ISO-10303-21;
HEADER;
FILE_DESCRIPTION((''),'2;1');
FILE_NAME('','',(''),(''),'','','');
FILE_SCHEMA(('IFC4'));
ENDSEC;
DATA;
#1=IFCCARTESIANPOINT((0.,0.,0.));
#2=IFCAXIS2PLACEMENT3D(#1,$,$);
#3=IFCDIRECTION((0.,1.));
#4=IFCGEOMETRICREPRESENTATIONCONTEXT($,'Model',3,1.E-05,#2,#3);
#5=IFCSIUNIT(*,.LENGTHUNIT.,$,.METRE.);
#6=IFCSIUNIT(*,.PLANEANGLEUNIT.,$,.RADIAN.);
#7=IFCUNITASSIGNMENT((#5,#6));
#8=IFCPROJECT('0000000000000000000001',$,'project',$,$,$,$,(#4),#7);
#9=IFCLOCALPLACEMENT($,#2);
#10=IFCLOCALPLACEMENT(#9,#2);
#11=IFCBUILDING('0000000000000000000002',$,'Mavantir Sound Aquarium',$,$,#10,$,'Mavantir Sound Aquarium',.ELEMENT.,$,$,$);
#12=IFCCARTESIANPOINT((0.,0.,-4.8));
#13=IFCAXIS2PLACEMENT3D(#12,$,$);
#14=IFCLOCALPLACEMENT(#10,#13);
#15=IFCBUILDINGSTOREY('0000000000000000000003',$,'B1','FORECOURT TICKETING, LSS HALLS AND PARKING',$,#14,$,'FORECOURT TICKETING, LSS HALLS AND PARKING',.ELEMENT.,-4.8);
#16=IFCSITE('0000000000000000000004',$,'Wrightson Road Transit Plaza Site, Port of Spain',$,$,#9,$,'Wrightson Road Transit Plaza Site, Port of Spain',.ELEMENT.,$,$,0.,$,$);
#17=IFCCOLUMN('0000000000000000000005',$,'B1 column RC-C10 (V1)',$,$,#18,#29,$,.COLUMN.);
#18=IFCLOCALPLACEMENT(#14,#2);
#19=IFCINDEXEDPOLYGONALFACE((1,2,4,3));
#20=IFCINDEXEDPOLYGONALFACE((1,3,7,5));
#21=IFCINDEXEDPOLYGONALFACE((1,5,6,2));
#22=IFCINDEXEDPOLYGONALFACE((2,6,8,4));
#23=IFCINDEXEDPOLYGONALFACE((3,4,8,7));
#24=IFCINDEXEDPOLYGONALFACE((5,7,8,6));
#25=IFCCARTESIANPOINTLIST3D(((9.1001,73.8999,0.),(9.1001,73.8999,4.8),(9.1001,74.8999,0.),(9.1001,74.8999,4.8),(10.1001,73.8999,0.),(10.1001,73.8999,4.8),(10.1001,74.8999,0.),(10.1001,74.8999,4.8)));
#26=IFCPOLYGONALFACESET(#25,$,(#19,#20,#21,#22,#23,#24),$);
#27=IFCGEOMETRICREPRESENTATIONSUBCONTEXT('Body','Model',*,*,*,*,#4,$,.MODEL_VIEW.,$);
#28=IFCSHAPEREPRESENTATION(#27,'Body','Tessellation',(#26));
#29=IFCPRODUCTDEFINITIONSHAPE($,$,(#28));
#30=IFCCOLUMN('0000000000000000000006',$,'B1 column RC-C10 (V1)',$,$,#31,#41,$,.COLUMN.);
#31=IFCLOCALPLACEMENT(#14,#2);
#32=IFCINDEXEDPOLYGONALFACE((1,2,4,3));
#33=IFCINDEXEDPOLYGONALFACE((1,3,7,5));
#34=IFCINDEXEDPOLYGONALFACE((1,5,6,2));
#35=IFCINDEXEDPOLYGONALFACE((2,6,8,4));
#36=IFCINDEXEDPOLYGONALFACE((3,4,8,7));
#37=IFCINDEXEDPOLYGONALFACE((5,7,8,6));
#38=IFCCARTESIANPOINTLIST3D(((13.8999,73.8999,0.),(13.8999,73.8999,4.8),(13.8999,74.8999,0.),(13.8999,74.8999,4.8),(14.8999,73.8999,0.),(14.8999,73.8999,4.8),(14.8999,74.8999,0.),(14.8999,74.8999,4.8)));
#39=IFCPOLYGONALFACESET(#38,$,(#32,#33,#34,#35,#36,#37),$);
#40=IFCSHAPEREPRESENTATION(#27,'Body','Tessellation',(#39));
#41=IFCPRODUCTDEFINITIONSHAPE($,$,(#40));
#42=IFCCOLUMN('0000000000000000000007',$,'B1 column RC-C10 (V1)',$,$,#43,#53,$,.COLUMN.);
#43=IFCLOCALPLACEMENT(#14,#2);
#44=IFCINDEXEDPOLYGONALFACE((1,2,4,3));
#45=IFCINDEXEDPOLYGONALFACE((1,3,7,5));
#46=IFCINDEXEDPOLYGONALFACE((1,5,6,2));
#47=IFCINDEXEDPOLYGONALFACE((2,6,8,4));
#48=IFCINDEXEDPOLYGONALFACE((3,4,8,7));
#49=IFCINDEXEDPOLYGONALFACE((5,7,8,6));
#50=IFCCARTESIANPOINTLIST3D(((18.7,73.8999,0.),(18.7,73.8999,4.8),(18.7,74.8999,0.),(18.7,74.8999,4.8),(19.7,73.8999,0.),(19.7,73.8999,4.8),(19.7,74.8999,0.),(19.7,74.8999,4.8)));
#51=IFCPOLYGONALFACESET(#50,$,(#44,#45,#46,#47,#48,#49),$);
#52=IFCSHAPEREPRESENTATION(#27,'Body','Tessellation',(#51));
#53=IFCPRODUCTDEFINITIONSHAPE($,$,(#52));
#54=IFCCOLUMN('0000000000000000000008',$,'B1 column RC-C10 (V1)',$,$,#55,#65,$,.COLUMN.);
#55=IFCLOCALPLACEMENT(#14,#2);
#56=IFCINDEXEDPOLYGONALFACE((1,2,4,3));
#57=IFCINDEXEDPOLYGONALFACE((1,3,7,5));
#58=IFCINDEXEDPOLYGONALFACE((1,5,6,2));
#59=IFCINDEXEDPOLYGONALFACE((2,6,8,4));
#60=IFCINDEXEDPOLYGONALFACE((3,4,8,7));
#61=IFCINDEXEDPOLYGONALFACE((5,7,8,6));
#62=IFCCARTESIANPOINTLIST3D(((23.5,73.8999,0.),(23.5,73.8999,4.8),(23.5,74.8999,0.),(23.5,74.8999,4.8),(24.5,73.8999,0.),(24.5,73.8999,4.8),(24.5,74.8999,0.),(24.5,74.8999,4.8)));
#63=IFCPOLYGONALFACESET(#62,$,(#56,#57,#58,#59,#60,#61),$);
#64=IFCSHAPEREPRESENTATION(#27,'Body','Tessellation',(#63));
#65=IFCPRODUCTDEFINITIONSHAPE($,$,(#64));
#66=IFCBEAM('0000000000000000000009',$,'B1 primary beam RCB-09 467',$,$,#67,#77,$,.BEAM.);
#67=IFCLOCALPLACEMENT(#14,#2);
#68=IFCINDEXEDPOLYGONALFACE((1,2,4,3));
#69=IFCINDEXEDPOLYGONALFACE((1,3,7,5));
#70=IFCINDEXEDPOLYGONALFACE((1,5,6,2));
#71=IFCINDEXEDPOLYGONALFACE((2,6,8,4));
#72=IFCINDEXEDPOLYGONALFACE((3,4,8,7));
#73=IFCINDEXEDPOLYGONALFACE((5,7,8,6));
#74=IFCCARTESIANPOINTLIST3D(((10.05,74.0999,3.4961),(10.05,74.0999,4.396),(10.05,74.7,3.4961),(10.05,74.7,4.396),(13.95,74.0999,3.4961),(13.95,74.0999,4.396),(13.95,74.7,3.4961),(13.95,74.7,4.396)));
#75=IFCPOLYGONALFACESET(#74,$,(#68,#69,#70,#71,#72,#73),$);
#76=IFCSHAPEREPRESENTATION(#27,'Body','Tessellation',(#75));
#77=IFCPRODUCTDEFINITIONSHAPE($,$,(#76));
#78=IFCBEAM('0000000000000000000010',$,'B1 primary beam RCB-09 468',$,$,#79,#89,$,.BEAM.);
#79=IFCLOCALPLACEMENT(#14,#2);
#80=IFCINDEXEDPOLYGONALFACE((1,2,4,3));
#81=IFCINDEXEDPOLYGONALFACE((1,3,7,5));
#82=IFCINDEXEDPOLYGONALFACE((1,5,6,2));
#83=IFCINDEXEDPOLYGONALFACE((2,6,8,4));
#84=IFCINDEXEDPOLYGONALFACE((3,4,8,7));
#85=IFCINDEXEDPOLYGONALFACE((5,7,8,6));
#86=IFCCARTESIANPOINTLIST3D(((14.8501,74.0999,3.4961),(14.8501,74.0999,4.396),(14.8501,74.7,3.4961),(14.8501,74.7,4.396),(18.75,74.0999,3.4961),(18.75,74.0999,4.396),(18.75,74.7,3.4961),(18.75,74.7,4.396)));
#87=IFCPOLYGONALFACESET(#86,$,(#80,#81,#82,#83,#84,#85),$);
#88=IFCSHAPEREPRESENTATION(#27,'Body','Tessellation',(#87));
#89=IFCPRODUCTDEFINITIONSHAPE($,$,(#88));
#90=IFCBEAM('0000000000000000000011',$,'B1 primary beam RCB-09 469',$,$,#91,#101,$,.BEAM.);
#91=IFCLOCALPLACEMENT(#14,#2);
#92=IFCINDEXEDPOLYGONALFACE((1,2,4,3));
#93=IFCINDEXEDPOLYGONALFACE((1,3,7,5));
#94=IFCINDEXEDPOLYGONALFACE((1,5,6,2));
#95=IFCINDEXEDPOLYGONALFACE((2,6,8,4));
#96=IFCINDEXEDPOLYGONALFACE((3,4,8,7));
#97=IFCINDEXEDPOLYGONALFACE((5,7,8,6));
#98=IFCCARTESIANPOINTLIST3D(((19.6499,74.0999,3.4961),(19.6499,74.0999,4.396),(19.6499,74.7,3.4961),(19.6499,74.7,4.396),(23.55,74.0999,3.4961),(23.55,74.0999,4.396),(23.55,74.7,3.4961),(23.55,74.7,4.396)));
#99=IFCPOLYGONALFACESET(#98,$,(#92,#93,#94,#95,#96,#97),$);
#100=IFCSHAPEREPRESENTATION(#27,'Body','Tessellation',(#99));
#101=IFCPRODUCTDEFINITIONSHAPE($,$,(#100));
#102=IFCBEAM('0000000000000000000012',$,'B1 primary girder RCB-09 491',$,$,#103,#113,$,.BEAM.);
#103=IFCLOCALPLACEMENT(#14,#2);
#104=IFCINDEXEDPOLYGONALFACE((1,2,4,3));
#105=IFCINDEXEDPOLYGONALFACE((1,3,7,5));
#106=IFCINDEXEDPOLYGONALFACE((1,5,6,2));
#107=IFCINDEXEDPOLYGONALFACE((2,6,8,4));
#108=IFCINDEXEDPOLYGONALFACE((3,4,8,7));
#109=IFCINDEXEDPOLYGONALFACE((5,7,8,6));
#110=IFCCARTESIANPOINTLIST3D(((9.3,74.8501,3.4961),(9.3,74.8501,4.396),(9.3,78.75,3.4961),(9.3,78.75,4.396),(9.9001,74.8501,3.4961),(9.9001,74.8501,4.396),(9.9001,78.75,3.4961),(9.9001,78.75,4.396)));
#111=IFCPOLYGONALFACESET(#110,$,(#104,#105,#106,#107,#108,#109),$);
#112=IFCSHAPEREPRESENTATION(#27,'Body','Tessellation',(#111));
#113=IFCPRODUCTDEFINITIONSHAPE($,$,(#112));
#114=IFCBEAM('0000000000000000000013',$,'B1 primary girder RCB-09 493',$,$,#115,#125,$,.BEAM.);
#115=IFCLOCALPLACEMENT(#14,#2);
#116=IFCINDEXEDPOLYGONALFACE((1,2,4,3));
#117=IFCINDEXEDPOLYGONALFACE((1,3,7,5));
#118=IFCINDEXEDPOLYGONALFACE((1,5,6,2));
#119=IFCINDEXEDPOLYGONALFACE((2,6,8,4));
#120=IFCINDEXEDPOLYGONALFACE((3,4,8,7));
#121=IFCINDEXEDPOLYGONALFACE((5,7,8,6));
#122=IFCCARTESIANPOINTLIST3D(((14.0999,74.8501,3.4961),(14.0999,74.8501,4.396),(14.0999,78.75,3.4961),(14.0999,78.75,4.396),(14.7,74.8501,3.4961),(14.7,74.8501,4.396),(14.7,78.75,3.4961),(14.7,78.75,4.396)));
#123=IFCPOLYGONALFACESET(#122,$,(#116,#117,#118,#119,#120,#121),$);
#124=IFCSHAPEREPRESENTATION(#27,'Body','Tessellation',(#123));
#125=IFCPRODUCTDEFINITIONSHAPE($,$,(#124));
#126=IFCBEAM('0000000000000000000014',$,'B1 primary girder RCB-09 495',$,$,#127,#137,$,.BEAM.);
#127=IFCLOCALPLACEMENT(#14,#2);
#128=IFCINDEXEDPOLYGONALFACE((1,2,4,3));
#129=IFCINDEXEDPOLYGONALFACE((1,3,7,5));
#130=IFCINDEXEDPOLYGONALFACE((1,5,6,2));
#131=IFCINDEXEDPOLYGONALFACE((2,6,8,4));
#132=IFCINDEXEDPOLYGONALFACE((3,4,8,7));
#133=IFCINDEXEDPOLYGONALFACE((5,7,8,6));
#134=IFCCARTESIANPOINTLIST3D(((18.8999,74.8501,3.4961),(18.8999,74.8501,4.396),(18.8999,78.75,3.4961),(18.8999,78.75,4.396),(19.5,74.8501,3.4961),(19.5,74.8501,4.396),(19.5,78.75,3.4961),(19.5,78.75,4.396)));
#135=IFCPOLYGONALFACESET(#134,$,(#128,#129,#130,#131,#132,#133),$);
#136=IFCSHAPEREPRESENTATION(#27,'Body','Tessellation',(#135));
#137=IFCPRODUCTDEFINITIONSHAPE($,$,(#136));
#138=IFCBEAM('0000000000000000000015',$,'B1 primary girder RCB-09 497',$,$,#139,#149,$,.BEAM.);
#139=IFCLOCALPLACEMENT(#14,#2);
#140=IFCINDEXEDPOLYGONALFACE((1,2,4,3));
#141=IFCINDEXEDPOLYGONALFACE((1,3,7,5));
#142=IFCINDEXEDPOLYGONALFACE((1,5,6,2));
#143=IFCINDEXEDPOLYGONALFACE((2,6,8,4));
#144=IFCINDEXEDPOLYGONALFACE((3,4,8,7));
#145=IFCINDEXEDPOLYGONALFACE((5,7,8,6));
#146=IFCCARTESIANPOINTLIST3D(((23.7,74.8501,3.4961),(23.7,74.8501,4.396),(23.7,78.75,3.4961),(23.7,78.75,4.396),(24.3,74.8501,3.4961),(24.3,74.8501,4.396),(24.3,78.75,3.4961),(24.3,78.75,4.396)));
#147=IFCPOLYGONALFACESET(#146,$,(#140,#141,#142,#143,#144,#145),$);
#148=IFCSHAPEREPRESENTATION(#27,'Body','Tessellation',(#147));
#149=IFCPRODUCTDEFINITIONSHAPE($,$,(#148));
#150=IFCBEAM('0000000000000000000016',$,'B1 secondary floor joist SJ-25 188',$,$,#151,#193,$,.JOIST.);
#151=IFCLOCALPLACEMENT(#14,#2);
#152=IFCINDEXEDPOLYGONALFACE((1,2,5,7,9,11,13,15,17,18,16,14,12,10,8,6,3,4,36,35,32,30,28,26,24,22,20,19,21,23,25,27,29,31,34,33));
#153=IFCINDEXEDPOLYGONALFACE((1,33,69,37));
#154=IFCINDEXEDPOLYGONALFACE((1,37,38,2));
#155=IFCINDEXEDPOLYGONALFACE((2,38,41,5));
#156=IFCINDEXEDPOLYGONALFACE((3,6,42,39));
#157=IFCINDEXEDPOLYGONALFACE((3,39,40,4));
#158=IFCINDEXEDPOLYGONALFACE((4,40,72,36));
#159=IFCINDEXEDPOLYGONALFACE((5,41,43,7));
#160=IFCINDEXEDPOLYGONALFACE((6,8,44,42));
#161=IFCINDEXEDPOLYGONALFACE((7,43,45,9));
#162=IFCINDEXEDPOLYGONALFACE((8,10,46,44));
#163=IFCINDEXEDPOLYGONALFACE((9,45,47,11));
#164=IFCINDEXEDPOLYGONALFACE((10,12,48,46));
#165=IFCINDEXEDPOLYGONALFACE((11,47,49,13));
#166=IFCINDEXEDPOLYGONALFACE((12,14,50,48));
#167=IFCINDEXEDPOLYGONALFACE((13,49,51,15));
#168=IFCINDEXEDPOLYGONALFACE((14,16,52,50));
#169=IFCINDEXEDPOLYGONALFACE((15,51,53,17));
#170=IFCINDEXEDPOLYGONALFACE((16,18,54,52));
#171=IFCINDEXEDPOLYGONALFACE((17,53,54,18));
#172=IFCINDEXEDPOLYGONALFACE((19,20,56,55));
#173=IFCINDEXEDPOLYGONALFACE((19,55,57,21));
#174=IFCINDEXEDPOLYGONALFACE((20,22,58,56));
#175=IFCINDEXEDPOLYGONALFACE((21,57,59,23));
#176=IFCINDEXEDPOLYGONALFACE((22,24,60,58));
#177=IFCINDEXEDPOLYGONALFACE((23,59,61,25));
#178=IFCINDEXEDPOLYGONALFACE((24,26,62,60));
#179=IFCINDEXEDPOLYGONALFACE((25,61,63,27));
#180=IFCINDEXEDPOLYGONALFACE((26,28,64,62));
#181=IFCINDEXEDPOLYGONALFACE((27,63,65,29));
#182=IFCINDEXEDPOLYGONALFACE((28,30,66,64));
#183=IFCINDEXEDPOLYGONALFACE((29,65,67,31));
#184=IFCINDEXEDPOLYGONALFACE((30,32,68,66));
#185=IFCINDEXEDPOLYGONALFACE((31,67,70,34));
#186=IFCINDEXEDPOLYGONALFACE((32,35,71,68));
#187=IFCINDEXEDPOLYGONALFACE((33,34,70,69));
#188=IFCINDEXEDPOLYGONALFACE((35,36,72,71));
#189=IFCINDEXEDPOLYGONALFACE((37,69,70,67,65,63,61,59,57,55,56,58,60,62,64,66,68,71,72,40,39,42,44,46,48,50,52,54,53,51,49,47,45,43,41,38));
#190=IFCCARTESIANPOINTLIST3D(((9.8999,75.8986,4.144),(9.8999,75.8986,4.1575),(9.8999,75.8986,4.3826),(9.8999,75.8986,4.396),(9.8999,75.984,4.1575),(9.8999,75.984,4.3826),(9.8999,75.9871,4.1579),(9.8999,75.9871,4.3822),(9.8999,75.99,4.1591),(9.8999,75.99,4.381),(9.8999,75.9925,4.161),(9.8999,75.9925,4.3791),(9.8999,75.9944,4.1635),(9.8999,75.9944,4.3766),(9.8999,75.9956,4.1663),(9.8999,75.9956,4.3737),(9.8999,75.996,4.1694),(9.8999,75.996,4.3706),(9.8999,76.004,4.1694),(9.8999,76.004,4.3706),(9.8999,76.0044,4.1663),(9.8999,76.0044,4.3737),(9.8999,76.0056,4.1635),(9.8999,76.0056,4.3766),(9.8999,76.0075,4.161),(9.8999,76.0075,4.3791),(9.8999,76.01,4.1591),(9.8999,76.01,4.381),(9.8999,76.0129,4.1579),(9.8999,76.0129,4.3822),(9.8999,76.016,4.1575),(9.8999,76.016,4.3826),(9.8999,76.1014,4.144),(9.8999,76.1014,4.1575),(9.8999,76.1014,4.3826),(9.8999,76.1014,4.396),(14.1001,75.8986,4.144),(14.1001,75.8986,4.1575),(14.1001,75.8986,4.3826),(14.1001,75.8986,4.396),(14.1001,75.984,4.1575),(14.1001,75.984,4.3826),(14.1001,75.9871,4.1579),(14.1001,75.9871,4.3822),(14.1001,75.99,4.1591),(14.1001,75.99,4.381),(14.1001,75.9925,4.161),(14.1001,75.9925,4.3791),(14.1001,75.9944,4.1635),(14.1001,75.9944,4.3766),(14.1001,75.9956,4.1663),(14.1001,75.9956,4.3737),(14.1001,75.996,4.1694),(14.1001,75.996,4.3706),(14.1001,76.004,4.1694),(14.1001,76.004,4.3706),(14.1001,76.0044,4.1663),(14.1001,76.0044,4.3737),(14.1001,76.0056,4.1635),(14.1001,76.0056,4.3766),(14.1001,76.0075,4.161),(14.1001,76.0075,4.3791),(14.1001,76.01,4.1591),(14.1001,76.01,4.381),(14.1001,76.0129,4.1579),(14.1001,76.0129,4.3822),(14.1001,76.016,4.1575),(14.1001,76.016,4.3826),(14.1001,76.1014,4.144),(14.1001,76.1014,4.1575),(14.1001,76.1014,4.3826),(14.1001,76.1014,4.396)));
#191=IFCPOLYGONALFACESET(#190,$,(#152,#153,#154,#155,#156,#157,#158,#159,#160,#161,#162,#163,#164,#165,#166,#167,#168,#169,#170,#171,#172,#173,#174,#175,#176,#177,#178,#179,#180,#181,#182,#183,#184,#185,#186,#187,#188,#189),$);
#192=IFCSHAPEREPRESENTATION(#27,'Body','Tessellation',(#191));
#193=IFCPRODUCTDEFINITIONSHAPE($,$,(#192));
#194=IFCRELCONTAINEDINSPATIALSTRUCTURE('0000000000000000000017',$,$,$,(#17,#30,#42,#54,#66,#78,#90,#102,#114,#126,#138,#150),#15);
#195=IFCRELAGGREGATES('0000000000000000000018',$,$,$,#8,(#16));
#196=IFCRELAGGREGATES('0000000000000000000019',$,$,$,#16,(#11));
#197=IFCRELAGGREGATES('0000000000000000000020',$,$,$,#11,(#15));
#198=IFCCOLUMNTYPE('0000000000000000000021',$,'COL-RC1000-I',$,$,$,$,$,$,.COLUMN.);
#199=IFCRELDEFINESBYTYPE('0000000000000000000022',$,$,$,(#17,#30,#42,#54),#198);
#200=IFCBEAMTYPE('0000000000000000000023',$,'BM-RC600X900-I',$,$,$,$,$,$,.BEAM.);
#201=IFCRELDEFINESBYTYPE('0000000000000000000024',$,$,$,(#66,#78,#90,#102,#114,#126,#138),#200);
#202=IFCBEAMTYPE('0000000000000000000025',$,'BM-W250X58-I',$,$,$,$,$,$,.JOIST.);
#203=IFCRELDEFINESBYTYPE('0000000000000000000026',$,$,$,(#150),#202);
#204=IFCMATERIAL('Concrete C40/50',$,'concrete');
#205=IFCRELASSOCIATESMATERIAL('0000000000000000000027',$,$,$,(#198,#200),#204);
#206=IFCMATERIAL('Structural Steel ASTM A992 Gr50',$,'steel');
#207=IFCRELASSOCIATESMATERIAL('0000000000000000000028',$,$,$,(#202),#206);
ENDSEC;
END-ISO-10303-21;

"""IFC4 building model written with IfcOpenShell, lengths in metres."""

from ifc_helpers import new_model, si_unit, direction, frame, origin, origin_2d, place, context, subcontext, project, spatial, rectangle, i_section, extrude, material, material_profile, profile_set, type_object, element, save


model = new_model("IFC4")

# Units and contexts
model_context = context("Model", 3, precision=1e-05, world=origin(), true_north=direction((0.0, 1.0)))
body_context = subcontext(model_context, "Body", "Model", "MODEL_VIEW")
ifc_project = project(units=[si_unit("LENGTHUNIT", "METRE"), si_unit("PLANEANGLEUNIT", "RADIAN")], contexts=[model_context])

# Site, building, storey
site_placement = place(None, origin())
site = spatial("IfcSite", under=ifc_project, at=site_placement, Name="Wrightson Road Transit Plaza Site, Port of Spain", LongName="Wrightson Road Transit Plaza Site, Port of Spain", CompositionType="ELEMENT", RefElevation=0.0)
building_placement = place(site_placement, origin())
building = spatial("IfcBuilding", under=site, at=building_placement, Name="Mavantir Sound Aquarium", LongName="Mavantir Sound Aquarium", CompositionType="ELEMENT")
storey_placement = place(building_placement, frame((0.0, 0.0, -4.8)))
storey = spatial("IfcBuildingStorey", under=building, at=storey_placement, Name="B1", Description="FORECOURT TICKETING, LSS HALLS AND PARKING", LongName="FORECOURT TICKETING, LSS HALLS AND PARKING", CompositionType="ELEMENT", Elevation=-4.8)

# Columns
ifc_material_1 = material(Name="Concrete C40/50", Category="concrete")
ifc_material_profile_1 = material_profile(ifc_material_1, rectangle(XDim=1.0, YDim=1.0, at=origin_2d()), Name="RC 1000X1000")
ifc_profile_set_1 = profile_set([ifc_material_profile_1], Name="Concrete C40/50")
column_type = type_object("IfcColumnType", Name="COL-RC1000-I", PredefinedType="COLUMN", material=ifc_profile_set_1)
for number, where, z_axis, x_axis, name in (
    (1, (9.6001, 74.3999, 0.0), (0.0, 0.0, 1.0), (1.0, 0.0, 0.0), "B1 column RC-C10 (V1)"),
    (2, (14.3999, 74.3999, 0.0), (0.0, 0.0, 1.0), (1.0, 0.0, 0.0), "B1 column RC-C10 (V1)"),
    (3, (19.2, 74.3999, 0.0), (0.0, 0.0, 1.0), (1.0, 0.0, 0.0), "B1 column RC-C10 (V1)"),
    (4, (24.0, 74.3999, 0.0), (0.0, 0.0, 1.0), (1.0, 0.0, 0.0), "B1 column RC-C10 (V1)"),
):
    element("IfcColumn", number, at=place(storey_placement, frame(where, z_axis=z_axis, x_axis=x_axis)), inside=storey, type_object=column_type, Name=name, PredefinedType="COLUMN", context=body_context, shape_type="SweptSolid", body=[
        extrude(rectangle(XDim=1.0, YDim=1.0, at=origin_2d()), origin(), (0.0, 0.0, 1.0), 4.8),
    ])

# Beams
ifc_material_profile_2 = material_profile(ifc_material_1, rectangle(XDim=0.6001, YDim=0.8999, at=origin_2d()), Name="RC 600X900")
ifc_profile_set_2 = profile_set([ifc_material_profile_2], Name="Concrete C40/50")
beam_type_1 = type_object("IfcBeamType", Name="BM-RC600X900-I", PredefinedType="BEAM", material=ifc_profile_set_2)
for number, where, z_axis, x_axis, name in (
    (5, (10.05, 74.3999, 3.946), (1.0, 0.0, 0.0), (0.0, 1.0, 0.0), "B1 primary beam RCB-09 467"),
    (6, (14.8501, 74.3999, 3.946), (1.0, 0.0, 0.0), (0.0, 1.0, 0.0), "B1 primary beam RCB-09 468"),
):
    element("IfcBeam", number, at=place(storey_placement, frame(where, z_axis=z_axis, x_axis=x_axis)), inside=storey, type_object=beam_type_1, Name=name, PredefinedType="BEAM", context=body_context, shape_type="SweptSolid", body=[
        extrude(rectangle(XDim=0.6001, YDim=0.8999, at=origin_2d()), origin(), (0.0, 0.0, 1.0), 3.8999),
    ])
beam_1_placement = place(storey_placement, frame((19.6499, 74.3999, 3.946), z_axis=(1.0, 0.0, 0.0), x_axis=(0.0, 1.0, 0.0)))
element("IfcBeam", 7, at=beam_1_placement, inside=storey, type_object=beam_type_1, Name="B1 primary beam RCB-09 469", PredefinedType="BEAM", context=body_context, shape_type="SweptSolid", body=[
    extrude(rectangle(XDim=0.6001, YDim=0.8999, at=origin_2d()), origin(), (0.0, 0.0, 1.0), 3.9001),
])
for number, where, z_axis, x_axis, name in (
    (8, (9.6001, 74.8501, 3.946), (0.0, 1.0, 0.0), (-1.0, 0.0, 0.0), "B1 primary girder RCB-09 491"),
    (9, (14.3999, 74.8501, 3.946), (0.0, 1.0, 0.0), (-1.0, 0.0, 0.0), "B1 primary girder RCB-09 493"),
    (10, (19.2, 74.8501, 3.946), (0.0, 1.0, 0.0), (-1.0, 0.0, 0.0), "B1 primary girder RCB-09 495"),
    (11, (24.0, 74.8501, 3.946), (0.0, 1.0, 0.0), (-1.0, 0.0, 0.0), "B1 primary girder RCB-09 497"),
):
    element("IfcBeam", number, at=place(storey_placement, frame(where, z_axis=z_axis, x_axis=x_axis)), inside=storey, type_object=beam_type_1, Name=name, PredefinedType="BEAM", context=body_context, shape_type="SweptSolid", body=[
        extrude(rectangle(XDim=0.6001, YDim=0.8999, at=origin_2d()), origin(), (0.0, 0.0, 1.0), 3.8999),
    ])
ifc_material_2 = material(Name="Structural Steel ASTM A992 Gr50", Category="steel")
ifc_material_profile_3 = material_profile(ifc_material_2, i_section(OverallWidth=0.2029, OverallDepth=0.252, WebThickness=0.0081, FlangeThickness=0.0134, FilletRadius=0.012, at=origin_2d()), Name="W250X58")
ifc_profile_set_3 = profile_set([ifc_material_profile_3], Name="Structural Steel ASTM A992 Gr50")
beam_type_2 = type_object("IfcBeamType", Name="BM-W250X58-I", PredefinedType="JOIST", material=ifc_profile_set_3)
beam_2_placement = place(storey_placement, frame((9.8999, 76.0, 4.27), z_axis=(1.0, 0.0, 0.0), x_axis=(0.0, 1.0, 0.0)))
element("IfcBeam", 12, at=beam_2_placement, inside=storey, type_object=beam_type_2, Name="B1 secondary floor joist SJ-25 188", PredefinedType="JOIST", context=body_context, shape_type="SweptSolid", body=[
    extrude(i_section(OverallWidth=0.2029, OverallDepth=0.252, WebThickness=0.0081, FlangeThickness=0.0134, FilletRadius=0.012, at=origin_2d()), origin(), (0.0, 0.0, 1.0), 4.2002),
])

save(model, "model.ifc")
